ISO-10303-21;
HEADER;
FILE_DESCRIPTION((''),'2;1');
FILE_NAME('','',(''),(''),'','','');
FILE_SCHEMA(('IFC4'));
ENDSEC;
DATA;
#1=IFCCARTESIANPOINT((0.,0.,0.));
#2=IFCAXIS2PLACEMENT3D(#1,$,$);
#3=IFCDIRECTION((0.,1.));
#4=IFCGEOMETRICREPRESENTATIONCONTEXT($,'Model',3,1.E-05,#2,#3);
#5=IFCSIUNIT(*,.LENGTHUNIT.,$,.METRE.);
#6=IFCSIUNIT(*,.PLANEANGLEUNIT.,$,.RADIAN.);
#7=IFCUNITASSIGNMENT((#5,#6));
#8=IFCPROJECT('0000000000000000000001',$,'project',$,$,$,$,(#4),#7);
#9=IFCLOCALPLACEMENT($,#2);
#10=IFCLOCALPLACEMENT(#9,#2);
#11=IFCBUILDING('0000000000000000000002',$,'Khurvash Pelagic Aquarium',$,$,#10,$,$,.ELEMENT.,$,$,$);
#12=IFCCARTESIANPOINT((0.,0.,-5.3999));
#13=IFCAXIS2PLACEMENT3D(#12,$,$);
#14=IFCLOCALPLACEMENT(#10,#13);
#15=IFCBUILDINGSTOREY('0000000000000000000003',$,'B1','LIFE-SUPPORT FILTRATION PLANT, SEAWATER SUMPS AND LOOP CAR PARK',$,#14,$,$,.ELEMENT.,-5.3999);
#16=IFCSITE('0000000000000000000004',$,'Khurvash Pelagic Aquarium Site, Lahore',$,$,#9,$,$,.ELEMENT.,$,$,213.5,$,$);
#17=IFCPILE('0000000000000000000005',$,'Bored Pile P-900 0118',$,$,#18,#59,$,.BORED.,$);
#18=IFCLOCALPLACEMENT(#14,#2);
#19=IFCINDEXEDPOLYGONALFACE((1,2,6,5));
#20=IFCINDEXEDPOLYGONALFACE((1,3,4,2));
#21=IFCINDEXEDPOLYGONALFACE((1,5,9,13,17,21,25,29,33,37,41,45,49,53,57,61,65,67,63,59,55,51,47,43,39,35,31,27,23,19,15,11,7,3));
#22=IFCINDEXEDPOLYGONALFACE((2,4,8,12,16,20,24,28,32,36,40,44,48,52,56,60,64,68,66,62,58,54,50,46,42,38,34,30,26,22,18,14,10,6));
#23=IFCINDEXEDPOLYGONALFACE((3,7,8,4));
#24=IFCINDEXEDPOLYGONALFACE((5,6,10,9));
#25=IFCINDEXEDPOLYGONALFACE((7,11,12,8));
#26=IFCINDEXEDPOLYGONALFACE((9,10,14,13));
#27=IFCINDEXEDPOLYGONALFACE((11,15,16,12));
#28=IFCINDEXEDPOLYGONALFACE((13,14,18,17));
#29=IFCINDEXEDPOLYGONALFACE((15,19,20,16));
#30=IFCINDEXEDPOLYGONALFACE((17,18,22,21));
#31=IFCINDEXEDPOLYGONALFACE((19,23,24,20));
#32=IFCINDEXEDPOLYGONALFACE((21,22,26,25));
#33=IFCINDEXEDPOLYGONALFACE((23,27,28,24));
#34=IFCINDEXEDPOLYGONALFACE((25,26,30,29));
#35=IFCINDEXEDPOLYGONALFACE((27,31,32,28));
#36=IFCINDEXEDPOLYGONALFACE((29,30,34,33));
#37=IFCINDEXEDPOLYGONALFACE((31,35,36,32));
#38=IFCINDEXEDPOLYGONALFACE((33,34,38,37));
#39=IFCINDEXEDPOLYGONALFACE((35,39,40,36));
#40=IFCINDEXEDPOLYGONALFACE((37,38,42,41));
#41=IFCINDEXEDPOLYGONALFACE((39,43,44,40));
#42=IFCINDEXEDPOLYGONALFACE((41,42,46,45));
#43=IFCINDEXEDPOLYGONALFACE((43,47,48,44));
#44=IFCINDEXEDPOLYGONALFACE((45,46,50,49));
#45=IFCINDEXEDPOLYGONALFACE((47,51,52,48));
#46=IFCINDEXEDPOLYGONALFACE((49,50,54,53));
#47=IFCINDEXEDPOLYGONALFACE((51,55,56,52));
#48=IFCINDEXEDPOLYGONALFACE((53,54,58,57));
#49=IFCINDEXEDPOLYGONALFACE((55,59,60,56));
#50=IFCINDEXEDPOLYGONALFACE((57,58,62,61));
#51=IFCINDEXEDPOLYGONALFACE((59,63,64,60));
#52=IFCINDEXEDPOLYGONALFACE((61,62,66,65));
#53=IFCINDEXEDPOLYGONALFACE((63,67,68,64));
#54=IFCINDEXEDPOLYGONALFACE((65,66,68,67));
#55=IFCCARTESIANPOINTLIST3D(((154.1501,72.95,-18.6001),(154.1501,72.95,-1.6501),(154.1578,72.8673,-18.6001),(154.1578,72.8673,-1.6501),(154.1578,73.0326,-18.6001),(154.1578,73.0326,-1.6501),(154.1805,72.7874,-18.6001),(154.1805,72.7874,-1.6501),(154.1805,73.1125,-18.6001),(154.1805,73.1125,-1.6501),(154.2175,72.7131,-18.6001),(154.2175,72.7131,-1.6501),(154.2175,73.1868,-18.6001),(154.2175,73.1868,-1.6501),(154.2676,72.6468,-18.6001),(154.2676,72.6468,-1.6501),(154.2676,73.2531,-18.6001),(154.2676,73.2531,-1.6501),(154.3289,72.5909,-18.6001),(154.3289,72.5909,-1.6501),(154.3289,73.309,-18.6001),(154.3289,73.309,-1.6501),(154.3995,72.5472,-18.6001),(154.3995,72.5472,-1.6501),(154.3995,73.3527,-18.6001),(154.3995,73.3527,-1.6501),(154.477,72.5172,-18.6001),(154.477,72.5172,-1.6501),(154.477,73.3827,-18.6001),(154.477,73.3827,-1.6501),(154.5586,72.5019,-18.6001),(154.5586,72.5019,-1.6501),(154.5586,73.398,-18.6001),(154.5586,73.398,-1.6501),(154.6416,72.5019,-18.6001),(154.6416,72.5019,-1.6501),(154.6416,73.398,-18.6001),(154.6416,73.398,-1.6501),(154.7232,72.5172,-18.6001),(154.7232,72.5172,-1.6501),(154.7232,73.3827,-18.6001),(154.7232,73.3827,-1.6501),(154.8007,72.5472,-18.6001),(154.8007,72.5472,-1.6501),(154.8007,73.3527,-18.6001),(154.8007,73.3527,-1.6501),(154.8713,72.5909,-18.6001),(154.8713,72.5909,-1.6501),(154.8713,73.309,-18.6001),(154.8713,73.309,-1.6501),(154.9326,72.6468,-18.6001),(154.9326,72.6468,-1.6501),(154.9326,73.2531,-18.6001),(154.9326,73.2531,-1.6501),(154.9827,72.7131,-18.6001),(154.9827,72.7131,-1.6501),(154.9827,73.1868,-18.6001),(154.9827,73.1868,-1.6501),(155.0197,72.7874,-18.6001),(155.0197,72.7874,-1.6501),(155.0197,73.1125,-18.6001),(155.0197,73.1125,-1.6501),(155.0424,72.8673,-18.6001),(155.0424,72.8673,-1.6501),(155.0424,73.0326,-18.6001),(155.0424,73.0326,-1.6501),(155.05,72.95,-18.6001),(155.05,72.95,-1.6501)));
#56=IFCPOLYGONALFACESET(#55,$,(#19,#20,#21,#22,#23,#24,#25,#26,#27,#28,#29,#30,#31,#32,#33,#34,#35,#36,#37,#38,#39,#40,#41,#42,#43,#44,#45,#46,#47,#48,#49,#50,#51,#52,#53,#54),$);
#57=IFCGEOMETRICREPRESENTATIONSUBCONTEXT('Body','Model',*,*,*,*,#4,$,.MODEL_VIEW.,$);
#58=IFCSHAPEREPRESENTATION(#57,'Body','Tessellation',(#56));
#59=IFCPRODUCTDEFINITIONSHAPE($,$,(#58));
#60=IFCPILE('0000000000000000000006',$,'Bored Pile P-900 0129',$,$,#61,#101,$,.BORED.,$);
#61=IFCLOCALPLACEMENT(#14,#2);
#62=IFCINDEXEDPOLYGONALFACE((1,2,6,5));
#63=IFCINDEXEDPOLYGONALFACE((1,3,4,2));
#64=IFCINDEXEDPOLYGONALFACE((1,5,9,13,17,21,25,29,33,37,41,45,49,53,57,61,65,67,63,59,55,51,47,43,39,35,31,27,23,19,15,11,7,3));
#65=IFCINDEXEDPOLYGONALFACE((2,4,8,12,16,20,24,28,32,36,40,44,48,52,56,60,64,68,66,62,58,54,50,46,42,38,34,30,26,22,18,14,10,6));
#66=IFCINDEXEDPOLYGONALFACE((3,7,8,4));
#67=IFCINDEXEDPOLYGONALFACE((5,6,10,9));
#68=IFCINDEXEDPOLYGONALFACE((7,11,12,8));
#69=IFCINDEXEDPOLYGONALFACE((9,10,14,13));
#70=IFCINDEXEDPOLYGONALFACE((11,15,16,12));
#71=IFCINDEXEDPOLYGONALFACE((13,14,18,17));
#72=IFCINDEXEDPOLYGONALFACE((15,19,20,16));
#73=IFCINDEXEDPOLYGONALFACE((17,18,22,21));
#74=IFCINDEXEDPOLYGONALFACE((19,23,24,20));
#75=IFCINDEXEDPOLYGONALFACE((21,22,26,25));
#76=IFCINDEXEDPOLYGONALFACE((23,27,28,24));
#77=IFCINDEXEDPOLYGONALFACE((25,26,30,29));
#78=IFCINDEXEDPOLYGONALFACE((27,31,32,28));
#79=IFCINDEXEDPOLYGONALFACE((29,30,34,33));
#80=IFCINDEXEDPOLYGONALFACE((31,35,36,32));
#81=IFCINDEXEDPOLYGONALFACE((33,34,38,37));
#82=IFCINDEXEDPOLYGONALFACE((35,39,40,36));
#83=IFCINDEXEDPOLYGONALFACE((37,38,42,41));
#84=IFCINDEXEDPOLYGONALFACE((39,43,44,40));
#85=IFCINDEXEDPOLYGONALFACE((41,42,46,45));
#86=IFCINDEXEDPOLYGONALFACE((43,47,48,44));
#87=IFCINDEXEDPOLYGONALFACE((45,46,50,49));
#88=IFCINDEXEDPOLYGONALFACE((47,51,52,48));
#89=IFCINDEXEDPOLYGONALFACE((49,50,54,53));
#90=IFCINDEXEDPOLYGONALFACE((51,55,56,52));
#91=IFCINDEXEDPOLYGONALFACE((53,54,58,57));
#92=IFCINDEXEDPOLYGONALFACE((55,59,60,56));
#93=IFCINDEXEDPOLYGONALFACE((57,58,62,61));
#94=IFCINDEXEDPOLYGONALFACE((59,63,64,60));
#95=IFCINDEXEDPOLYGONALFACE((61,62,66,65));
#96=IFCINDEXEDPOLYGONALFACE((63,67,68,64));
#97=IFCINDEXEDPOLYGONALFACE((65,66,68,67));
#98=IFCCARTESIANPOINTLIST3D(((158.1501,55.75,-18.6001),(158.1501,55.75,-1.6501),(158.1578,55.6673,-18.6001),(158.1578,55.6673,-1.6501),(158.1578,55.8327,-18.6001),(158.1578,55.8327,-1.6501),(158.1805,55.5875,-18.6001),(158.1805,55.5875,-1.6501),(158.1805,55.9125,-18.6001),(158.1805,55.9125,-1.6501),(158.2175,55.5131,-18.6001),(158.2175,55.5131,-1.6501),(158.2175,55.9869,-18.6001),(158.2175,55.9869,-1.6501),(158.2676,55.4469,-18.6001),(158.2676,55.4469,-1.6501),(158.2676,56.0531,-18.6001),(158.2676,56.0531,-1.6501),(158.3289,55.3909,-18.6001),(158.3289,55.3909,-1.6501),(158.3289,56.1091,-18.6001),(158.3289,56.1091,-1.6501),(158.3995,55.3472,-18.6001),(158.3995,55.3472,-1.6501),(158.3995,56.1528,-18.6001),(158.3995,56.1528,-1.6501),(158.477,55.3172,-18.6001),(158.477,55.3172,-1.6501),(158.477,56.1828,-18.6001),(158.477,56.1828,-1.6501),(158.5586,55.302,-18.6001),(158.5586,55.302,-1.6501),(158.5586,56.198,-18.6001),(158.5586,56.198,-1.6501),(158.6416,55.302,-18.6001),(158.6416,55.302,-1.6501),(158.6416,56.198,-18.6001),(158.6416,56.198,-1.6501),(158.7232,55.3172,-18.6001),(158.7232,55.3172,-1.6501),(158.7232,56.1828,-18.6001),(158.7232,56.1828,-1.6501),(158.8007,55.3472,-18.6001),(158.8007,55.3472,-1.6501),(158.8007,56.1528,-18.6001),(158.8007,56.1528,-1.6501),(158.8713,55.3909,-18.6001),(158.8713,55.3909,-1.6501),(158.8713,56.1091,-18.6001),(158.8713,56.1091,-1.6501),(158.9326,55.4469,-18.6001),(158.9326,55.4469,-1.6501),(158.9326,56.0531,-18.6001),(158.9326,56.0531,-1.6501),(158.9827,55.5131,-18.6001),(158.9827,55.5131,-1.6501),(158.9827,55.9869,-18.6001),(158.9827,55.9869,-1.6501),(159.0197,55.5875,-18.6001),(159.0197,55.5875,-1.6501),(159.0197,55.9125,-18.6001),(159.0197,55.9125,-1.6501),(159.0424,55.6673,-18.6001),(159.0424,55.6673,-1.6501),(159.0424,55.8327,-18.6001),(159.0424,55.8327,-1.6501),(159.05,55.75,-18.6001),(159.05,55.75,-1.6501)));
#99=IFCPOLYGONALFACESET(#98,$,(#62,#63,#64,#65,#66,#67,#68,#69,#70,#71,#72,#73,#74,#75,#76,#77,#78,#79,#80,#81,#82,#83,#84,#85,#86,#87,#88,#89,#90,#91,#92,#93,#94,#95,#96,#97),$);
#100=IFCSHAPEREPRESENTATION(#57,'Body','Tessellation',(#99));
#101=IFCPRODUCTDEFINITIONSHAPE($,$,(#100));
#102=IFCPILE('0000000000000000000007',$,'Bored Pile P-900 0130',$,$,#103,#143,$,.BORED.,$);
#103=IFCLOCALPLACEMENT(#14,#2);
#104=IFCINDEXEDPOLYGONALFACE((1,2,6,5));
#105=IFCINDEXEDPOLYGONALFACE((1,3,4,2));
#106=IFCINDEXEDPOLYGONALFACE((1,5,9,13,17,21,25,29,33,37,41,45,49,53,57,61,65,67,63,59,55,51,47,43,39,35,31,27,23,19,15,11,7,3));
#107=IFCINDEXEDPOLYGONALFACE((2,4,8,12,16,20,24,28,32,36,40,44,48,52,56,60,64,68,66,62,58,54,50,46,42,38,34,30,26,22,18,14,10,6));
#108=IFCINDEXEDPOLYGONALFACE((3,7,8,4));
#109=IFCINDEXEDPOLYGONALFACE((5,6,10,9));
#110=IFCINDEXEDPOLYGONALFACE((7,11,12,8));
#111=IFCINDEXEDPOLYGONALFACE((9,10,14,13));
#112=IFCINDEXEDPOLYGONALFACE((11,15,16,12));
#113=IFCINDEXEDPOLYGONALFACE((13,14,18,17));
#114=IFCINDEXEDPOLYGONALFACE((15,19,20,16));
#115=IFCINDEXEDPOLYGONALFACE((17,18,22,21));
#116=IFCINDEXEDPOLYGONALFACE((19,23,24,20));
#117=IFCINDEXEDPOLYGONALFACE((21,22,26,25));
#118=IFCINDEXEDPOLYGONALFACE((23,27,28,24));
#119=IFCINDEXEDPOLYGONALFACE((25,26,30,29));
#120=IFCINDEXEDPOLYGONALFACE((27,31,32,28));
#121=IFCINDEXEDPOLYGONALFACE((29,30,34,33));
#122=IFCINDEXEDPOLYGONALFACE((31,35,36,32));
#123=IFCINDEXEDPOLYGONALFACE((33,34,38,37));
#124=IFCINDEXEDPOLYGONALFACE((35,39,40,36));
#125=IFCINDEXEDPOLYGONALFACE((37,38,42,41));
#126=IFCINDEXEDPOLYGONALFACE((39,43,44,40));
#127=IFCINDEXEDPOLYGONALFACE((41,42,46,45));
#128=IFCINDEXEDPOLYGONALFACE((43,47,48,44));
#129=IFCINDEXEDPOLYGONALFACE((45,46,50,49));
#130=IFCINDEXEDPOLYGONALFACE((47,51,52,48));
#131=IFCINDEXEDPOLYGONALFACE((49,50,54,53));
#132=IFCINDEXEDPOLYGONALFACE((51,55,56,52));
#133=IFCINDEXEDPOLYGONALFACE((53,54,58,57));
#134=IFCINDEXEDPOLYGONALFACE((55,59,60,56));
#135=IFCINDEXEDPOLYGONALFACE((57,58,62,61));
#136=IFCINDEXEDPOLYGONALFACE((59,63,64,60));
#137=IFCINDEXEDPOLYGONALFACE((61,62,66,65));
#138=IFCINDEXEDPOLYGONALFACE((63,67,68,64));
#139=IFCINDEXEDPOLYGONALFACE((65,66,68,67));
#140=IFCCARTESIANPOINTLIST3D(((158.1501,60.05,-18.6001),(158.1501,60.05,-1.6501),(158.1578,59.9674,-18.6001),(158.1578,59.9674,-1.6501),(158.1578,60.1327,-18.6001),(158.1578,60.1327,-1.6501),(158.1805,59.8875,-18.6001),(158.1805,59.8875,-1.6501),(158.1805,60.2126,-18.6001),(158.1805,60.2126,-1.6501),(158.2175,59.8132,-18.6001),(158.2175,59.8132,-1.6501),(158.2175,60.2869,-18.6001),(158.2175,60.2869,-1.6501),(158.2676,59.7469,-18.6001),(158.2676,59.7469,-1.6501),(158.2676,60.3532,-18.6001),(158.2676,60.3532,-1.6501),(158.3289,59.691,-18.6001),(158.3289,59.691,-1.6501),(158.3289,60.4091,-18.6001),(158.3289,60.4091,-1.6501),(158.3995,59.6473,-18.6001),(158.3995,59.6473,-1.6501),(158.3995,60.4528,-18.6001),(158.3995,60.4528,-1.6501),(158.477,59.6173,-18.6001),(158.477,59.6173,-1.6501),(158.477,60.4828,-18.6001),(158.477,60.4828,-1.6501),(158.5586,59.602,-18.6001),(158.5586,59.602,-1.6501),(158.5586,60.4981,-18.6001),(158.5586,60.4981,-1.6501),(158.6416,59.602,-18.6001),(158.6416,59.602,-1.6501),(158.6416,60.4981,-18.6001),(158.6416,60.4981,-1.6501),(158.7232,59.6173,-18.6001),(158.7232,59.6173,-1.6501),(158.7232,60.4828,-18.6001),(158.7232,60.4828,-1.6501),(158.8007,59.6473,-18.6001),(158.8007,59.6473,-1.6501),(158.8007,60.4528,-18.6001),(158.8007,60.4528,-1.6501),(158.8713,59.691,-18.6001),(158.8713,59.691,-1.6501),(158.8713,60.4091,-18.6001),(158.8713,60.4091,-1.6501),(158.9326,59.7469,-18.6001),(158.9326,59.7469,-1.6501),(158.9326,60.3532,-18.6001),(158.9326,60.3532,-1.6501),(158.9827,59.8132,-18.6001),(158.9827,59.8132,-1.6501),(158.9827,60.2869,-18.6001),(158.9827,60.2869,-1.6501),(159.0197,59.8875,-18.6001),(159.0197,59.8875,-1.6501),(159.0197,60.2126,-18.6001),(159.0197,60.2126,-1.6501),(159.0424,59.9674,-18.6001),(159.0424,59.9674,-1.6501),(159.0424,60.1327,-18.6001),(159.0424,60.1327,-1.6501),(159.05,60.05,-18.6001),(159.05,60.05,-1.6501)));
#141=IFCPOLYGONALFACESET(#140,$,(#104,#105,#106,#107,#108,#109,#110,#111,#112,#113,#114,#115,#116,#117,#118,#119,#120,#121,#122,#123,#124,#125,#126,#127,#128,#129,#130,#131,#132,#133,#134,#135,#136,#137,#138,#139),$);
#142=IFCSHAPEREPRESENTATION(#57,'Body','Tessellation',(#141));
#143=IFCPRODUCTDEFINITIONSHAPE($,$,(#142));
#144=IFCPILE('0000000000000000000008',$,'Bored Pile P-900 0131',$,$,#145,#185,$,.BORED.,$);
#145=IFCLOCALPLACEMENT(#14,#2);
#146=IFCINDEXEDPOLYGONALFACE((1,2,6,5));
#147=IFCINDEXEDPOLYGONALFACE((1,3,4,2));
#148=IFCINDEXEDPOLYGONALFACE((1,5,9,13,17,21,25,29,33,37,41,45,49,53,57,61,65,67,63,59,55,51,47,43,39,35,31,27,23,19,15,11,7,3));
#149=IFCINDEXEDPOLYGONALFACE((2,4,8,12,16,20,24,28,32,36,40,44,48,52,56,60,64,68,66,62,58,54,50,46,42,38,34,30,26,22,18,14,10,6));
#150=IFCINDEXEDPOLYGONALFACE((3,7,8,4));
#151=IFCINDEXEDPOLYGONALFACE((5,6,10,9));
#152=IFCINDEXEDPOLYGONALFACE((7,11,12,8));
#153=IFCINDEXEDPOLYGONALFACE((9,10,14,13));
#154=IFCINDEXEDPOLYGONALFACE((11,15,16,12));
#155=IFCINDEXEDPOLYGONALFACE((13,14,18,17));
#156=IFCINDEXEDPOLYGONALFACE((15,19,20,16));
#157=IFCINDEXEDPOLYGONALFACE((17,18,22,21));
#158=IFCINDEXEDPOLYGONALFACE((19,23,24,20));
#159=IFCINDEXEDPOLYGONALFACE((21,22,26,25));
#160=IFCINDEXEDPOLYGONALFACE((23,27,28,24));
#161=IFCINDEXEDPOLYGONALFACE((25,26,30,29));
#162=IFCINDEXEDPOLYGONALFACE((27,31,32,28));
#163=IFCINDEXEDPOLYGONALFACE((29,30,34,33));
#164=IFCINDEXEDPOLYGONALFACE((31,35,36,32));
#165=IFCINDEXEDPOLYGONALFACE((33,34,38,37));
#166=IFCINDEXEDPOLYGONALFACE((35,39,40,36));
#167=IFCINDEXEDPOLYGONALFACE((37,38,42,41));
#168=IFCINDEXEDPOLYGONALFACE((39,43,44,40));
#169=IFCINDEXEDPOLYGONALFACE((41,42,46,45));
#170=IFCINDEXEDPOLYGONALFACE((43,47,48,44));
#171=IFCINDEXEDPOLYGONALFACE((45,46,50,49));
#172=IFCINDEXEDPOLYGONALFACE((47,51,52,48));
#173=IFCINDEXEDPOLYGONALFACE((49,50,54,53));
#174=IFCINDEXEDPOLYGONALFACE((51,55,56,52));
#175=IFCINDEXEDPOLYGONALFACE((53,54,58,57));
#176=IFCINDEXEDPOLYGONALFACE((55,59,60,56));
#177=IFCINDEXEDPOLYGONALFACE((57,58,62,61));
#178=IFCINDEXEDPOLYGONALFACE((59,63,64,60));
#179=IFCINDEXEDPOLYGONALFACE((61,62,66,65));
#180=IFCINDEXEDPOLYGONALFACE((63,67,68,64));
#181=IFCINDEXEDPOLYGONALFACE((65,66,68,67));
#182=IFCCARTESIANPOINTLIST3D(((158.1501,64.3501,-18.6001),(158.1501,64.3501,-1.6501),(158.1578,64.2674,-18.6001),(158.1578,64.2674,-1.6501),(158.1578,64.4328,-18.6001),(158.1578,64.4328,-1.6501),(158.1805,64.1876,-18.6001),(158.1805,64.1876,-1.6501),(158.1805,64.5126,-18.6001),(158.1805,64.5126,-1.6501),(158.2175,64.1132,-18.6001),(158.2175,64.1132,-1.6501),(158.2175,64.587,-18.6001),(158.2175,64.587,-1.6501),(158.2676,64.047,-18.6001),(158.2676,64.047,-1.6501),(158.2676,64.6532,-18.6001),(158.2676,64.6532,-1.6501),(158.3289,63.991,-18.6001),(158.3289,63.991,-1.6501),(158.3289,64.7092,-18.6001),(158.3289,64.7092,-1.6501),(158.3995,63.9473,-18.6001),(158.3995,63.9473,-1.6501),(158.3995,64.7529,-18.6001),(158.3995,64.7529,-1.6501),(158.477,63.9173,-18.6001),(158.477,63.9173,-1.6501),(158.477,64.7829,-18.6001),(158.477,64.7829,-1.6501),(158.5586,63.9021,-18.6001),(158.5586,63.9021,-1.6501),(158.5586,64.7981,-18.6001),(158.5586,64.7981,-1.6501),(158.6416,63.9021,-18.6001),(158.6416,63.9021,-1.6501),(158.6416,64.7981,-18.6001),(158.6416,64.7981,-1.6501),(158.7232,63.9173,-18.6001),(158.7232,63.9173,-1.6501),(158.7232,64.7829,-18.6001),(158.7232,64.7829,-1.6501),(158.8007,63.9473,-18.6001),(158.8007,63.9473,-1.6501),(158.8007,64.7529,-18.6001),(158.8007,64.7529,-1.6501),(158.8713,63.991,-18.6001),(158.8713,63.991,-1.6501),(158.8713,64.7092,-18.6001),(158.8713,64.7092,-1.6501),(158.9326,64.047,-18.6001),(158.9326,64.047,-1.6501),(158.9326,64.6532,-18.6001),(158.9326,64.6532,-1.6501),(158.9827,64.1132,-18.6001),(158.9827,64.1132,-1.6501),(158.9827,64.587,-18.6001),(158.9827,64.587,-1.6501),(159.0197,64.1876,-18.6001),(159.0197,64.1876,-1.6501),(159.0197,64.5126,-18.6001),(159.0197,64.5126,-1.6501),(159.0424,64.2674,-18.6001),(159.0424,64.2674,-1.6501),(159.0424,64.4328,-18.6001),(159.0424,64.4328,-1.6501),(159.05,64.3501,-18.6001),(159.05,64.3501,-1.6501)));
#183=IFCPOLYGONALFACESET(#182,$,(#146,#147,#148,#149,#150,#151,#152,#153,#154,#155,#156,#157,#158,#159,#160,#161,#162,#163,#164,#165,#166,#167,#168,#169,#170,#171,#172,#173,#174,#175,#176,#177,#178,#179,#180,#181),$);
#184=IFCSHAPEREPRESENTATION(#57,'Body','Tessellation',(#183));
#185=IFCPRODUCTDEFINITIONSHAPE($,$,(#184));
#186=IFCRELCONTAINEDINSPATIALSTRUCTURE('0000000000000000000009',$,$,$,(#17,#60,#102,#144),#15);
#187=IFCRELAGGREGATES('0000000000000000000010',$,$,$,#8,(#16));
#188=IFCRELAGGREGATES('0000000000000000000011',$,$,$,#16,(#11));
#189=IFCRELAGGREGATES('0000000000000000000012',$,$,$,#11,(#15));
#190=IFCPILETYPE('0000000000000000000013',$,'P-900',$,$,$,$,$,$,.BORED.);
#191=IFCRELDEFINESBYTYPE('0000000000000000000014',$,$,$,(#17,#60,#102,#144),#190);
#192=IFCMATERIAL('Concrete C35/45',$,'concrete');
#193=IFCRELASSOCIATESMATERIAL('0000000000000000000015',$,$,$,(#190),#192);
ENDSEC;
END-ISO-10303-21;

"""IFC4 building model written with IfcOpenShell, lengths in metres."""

from ifc_helpers import new_model, si_unit, direction, frame, origin, origin_2d, place, context, subcontext, project, spatial, circle, extrude, material, material_profile, profile_set, type_object, element, save


model = new_model("IFC4")

# Units and contexts
model_context = context("Model", 3, precision=1e-05, world=origin(), true_north=direction((0.0, 1.0)))
body_context = subcontext(model_context, "Body", "Model", "MODEL_VIEW")
ifc_project = project(units=[si_unit("LENGTHUNIT", "METRE"), si_unit("PLANEANGLEUNIT", "RADIAN")], contexts=[model_context])

# Site, building, storey
site_placement = place(None, origin())
site = spatial("IfcSite", under=ifc_project, at=site_placement, Name="Khurvash Pelagic Aquarium Site, Lahore", CompositionType="ELEMENT", RefElevation=213.5)
building_placement = place(site_placement, origin())
building = spatial("IfcBuilding", under=site, at=building_placement, Name="Khurvash Pelagic Aquarium", CompositionType="ELEMENT")
storey_placement = place(building_placement, frame((0.0, 0.0, -5.3999)))
storey = spatial("IfcBuildingStorey", under=building, at=storey_placement, Name="B1", Description="LIFE-SUPPORT FILTRATION PLANT, SEAWATER SUMPS AND LOOP CAR PARK", CompositionType="ELEMENT", Elevation=-5.3999)

# Piles
ifc_material_1 = material(Name="Concrete C35/45", Category="concrete")
ifc_material_profile_1 = material_profile(ifc_material_1, circle(Radius=0.45, at=origin_2d()), Name="PILE900")
ifc_profile_set_1 = profile_set([ifc_material_profile_1], Name="Concrete C35/45")
pile_type = type_object("IfcPileType", Name="P-900", PredefinedType="BORED", material=ifc_profile_set_1)
for number, where, z_axis, x_axis, name in (
    (1, (154.6001, 72.95, -1.6501), (0.0, 0.0, -1.0), (1.0, 0.0, 0.0), "Bored Pile P-900 0118"),
    (2, (158.6001, 55.75, -1.6501), (0.0, 0.0, -1.0), (1.0, 0.0, 0.0), "Bored Pile P-900 0129"),
    (3, (158.6001, 60.05, -1.6501), (0.0, 0.0, -1.0), (1.0, 0.0, 0.0), "Bored Pile P-900 0130"),
    (4, (158.6001, 64.3501, -1.6501), (0.0, 0.0, -1.0), (1.0, 0.0, 0.0), "Bored Pile P-900 0131"),
):
    element("IfcPile", number, at=place(storey_placement, frame(where, z_axis=z_axis, x_axis=x_axis)), inside=storey, type_object=pile_type, Name=name, PredefinedType="BORED", context=body_context, shape_type="SweptSolid", body=[
        extrude(circle(Radius=0.45, at=origin_2d()), origin(), (0.0, 0.0, 1.0), 16.95),
    ])

save(model, "model.ifc")
